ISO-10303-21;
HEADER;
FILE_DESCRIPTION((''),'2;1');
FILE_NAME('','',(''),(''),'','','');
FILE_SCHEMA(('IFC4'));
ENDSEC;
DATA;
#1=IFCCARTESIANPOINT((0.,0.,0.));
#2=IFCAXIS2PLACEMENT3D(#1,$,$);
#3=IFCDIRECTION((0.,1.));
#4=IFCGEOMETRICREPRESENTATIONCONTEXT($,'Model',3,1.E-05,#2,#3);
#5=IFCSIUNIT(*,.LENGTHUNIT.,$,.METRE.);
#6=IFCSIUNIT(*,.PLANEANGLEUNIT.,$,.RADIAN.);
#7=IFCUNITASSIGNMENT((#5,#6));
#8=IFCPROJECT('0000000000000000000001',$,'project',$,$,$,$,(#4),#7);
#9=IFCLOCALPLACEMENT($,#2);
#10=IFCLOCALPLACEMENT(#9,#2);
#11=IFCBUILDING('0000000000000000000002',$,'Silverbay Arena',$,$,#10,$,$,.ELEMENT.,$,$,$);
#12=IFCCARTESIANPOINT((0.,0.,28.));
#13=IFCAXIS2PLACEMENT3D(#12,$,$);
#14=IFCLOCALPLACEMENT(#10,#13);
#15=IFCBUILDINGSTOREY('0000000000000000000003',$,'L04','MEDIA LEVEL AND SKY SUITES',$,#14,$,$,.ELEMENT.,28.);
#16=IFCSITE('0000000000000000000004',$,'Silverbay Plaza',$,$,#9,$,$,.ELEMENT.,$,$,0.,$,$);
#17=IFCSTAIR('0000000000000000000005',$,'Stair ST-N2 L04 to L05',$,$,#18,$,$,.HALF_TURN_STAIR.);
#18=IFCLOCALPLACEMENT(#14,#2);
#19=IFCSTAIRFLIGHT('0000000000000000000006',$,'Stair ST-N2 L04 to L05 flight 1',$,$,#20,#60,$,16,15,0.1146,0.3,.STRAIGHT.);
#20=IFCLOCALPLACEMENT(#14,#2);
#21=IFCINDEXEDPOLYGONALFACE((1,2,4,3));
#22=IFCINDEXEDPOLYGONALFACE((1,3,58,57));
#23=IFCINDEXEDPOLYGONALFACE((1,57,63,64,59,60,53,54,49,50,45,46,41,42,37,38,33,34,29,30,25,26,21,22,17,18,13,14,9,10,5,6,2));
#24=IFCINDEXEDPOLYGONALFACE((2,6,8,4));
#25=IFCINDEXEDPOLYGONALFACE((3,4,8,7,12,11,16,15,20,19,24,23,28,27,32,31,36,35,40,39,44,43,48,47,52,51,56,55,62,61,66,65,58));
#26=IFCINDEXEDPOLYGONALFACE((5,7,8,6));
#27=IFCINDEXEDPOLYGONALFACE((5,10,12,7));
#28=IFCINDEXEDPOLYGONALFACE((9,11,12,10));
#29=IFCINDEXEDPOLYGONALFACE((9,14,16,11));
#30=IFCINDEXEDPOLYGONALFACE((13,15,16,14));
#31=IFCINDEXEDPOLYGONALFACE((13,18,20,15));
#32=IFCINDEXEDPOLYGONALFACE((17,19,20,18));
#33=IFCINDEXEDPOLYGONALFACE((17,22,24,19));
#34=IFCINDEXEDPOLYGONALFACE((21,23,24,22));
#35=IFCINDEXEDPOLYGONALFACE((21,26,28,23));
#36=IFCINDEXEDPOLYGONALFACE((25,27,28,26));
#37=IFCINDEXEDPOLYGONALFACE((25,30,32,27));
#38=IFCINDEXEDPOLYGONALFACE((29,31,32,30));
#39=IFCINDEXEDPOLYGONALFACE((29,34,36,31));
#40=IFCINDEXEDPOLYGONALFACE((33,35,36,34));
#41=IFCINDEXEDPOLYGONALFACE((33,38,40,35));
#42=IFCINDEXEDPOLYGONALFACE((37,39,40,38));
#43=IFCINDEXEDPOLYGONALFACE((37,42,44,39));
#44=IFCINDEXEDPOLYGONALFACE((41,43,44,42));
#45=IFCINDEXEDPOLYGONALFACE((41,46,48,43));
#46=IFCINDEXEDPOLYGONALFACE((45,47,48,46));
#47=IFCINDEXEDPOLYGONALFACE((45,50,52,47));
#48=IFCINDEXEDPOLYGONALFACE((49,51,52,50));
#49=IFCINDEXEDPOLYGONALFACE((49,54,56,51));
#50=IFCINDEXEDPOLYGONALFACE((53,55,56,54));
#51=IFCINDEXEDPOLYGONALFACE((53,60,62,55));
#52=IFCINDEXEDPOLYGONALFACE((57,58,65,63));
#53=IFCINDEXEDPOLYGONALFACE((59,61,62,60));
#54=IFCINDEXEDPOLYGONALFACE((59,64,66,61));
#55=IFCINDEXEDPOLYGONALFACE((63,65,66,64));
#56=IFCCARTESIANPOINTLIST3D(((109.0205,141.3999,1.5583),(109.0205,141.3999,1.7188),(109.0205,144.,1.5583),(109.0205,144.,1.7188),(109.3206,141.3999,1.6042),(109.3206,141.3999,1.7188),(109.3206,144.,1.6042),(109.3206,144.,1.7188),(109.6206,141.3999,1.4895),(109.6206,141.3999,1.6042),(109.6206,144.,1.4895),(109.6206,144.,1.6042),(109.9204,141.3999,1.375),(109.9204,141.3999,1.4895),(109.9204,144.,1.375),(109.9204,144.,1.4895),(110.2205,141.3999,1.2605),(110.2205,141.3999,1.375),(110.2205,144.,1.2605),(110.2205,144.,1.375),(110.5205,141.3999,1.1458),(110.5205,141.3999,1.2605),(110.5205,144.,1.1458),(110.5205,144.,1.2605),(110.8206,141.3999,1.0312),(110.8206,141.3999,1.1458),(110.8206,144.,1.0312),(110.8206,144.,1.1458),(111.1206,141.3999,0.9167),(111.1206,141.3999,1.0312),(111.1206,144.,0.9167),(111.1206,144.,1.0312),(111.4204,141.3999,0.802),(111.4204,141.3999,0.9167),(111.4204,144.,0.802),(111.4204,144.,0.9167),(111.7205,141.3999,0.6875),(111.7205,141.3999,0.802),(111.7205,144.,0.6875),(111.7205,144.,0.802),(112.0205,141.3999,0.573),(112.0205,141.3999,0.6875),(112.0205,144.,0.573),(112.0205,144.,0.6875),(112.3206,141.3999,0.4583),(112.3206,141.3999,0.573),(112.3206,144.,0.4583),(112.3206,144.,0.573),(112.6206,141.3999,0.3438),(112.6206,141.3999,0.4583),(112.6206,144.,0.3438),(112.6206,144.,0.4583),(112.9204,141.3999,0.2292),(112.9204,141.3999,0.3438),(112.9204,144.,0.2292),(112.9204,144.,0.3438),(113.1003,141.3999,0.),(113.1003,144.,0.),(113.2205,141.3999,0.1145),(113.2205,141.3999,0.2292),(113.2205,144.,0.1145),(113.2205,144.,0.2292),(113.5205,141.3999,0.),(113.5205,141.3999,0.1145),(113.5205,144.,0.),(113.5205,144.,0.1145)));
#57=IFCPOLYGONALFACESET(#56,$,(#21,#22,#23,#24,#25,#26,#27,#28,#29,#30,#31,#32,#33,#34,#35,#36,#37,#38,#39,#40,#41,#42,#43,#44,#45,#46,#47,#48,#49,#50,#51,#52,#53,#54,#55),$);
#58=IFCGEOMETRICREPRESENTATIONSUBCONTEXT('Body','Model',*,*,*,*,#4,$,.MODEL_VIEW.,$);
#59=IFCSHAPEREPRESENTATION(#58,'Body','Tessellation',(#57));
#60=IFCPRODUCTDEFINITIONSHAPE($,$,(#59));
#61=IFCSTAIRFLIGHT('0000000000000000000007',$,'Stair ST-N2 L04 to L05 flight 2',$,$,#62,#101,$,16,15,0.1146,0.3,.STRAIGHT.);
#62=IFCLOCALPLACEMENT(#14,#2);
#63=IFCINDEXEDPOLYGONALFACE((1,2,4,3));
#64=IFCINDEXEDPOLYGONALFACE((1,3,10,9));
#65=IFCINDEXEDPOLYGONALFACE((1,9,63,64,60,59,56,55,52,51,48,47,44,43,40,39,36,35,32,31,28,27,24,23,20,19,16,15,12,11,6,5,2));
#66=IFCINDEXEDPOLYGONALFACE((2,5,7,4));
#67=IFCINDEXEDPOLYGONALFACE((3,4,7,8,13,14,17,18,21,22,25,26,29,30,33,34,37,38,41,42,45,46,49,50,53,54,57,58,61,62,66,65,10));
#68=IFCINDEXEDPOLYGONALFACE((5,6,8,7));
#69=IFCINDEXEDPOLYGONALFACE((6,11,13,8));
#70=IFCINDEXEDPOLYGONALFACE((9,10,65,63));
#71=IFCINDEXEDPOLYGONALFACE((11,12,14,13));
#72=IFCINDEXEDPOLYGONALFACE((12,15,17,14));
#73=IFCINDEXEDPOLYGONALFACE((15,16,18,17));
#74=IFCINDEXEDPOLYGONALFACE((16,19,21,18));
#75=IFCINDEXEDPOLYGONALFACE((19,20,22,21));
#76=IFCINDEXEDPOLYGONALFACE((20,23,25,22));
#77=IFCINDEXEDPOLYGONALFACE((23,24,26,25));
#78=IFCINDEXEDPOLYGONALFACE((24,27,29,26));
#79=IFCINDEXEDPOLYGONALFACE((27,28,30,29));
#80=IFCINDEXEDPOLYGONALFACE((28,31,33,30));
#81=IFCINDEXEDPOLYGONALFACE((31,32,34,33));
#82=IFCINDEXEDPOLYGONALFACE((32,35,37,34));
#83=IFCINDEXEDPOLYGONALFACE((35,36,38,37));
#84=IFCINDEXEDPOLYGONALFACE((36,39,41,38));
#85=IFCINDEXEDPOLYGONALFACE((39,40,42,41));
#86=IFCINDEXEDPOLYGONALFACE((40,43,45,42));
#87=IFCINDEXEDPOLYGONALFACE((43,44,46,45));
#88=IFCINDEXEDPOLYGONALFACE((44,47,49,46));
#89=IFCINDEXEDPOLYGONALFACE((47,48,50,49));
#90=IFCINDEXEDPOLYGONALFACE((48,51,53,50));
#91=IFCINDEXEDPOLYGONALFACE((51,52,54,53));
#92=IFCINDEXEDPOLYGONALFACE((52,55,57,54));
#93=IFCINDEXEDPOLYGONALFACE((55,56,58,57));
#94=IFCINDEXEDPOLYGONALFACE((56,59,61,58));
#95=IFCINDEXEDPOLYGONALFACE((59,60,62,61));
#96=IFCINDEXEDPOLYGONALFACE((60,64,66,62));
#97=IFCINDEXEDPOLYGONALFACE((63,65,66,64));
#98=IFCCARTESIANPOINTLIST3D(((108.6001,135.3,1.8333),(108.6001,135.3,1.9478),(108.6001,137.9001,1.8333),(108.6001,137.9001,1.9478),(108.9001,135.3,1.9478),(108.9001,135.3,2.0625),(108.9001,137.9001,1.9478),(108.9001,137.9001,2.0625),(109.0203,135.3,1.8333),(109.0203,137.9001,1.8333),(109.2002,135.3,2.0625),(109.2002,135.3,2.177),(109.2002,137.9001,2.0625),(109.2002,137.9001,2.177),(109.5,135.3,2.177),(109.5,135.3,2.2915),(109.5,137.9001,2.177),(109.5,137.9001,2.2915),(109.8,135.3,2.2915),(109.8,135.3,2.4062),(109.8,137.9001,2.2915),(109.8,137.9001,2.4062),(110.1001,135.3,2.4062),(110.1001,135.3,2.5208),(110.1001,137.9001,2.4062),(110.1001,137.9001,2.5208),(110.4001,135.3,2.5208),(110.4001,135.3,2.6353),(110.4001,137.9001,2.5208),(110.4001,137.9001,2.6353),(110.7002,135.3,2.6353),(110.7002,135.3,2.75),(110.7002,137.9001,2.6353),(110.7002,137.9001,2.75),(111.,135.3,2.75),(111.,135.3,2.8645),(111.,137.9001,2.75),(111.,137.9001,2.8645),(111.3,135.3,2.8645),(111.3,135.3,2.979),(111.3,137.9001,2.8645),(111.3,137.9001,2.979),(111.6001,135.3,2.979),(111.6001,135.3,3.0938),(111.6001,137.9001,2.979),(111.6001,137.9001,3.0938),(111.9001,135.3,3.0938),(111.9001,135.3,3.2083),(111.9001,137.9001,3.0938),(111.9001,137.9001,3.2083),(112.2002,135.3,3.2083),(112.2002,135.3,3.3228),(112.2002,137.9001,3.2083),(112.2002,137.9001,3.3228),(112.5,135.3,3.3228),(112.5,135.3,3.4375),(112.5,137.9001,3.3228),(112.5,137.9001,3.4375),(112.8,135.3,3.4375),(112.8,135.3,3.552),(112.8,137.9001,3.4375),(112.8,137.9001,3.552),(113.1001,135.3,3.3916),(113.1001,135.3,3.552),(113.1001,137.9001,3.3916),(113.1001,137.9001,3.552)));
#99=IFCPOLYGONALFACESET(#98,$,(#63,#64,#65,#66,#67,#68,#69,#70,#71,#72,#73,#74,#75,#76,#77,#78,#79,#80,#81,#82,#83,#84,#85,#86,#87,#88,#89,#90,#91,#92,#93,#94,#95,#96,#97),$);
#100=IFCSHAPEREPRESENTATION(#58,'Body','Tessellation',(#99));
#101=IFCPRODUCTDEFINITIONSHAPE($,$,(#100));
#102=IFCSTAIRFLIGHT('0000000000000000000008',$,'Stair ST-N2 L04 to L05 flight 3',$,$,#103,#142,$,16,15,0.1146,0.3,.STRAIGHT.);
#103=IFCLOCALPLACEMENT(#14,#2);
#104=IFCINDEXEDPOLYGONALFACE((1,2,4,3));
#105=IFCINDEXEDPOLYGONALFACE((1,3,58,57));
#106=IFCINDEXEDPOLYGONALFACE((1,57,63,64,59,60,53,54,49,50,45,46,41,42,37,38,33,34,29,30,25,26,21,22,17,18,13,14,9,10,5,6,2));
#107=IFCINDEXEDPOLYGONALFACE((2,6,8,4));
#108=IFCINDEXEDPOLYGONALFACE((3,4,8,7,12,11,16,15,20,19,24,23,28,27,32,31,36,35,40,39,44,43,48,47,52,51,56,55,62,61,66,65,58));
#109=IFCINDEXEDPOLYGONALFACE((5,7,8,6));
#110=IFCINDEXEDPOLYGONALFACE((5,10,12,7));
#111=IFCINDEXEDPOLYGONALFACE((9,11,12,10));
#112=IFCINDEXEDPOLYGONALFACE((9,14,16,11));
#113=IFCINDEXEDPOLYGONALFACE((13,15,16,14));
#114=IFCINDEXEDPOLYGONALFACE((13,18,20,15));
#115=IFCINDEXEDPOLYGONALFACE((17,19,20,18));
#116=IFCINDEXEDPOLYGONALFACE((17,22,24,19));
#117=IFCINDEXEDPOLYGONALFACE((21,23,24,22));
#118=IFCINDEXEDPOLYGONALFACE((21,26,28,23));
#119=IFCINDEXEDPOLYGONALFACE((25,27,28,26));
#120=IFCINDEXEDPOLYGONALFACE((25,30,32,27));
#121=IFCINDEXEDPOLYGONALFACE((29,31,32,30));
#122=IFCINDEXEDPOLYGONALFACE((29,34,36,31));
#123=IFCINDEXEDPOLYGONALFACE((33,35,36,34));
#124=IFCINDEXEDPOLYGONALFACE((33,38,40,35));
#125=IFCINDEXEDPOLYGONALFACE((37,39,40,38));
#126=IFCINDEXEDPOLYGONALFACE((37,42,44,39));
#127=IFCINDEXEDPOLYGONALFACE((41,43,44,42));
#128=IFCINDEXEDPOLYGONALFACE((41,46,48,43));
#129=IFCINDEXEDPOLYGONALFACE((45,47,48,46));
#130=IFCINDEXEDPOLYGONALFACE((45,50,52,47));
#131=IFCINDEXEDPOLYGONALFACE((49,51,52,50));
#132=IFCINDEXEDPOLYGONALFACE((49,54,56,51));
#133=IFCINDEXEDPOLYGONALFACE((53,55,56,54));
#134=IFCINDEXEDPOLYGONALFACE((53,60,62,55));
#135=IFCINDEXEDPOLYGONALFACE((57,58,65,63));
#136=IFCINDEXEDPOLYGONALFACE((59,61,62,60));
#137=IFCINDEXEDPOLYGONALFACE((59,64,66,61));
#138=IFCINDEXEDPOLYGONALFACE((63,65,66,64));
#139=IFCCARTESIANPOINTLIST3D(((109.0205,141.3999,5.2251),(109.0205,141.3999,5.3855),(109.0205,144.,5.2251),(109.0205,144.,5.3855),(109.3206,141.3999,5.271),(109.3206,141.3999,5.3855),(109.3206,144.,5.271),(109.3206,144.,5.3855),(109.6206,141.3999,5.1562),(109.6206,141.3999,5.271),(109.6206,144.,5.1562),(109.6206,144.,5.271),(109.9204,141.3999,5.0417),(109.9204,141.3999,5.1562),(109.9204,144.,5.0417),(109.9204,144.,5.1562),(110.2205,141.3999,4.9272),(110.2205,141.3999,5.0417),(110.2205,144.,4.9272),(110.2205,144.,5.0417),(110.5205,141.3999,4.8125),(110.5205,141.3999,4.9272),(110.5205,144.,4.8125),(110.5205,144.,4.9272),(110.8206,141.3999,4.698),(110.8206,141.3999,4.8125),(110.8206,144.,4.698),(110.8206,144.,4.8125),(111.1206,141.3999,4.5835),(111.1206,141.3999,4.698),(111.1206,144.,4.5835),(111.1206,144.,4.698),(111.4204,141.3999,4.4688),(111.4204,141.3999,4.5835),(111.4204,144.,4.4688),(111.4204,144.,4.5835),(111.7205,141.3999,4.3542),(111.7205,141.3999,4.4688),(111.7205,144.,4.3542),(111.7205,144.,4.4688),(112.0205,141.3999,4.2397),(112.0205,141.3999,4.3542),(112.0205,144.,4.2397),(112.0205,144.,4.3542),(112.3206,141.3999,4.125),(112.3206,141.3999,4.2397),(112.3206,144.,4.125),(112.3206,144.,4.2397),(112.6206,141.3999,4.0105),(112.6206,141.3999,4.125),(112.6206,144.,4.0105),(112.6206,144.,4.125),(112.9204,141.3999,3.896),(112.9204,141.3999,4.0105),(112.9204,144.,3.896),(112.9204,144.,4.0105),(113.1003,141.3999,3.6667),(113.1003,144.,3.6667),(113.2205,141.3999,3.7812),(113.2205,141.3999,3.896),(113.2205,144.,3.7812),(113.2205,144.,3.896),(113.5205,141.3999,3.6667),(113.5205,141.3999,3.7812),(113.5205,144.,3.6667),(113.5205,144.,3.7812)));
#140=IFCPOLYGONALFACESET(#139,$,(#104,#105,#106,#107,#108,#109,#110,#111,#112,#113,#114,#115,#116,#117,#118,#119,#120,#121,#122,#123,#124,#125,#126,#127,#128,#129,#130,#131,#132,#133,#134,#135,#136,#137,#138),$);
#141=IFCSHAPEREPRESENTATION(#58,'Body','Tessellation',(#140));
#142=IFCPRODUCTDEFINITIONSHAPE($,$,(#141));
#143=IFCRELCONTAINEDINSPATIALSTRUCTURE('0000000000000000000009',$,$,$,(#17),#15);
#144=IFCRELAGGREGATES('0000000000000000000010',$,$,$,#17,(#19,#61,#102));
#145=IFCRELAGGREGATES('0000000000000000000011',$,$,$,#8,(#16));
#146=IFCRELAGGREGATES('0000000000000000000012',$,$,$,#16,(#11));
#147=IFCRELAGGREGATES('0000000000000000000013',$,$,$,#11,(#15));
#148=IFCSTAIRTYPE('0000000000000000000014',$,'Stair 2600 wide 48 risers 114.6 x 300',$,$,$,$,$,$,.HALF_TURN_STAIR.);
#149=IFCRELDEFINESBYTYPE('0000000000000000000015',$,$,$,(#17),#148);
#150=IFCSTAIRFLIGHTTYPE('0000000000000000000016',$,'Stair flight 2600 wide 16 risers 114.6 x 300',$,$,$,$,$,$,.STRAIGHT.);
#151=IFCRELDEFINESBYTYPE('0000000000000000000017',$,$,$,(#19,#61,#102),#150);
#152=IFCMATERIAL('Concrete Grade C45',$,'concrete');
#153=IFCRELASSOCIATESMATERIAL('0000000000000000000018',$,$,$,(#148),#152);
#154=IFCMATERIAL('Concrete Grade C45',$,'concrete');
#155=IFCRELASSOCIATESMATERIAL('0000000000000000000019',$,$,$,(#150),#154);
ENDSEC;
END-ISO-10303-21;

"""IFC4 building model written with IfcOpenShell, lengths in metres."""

from ifc_helpers import new_model, si_unit, direction, frame, origin, place, context, subcontext, project, spatial, polyline, outline, extrude, material, type_object, element, aggregate, save


model = new_model("IFC4")

# Units and contexts
model_context = context("Model", 3, precision=1e-05, world=origin(), true_north=direction((0.0, 1.0)))
body_context = subcontext(model_context, "Body", "Model", "MODEL_VIEW")
ifc_project = project(units=[si_unit("LENGTHUNIT", "METRE"), si_unit("PLANEANGLEUNIT", "RADIAN")], contexts=[model_context])

# Site, building, storey
site_placement = place(None, origin())
site = spatial("IfcSite", under=ifc_project, at=site_placement, Name="Silverbay Plaza", CompositionType="ELEMENT", RefElevation=0.0)
building_placement = place(site_placement, origin())
building = spatial("IfcBuilding", under=site, at=building_placement, Name="Silverbay Arena", CompositionType="ELEMENT")
storey_placement = place(building_placement, frame((0.0, 0.0, 28.0)))
storey = spatial("IfcBuildingStorey", under=building, at=storey_placement, Name="L04", Description="MEDIA LEVEL AND SKY SUITES", CompositionType="ELEMENT", Elevation=28.0)

# Stair, stair flights
ifc_material_1 = material(Name="Concrete Grade C45", Category="concrete")
stair_type = type_object("IfcStairType", Name="Stair 2600 wide 48 risers 114.6 x 300", PredefinedType="HALF_TURN_STAIR", material=ifc_material_1)
stair_placement = place(storey_placement, origin())
stair = element("IfcStair", 1, at=stair_placement, inside=storey, type_object=stair_type, Name="Stair ST-N2 L04 to L05", PredefinedType="HALF_TURN_STAIR")
ifc_material_2 = material(Name="Concrete Grade C45", Category="concrete")
stair_flight_type = type_object("IfcStairFlightType", Name="Stair flight 2600 wide 16 risers 114.6 x 300", PredefinedType="STRAIGHT", material=ifc_material_2)
stair_flight_1_placement = place(storey_placement, frame((113.5205, 142.7, 0.0), z_axis=(0.0, 0.0, 1.0), x_axis=(-1.0, 0.0, 0.0)))
stair_flight_1 = element("IfcStairFlight", 2, at=stair_flight_1_placement, type_object=stair_flight_type, Name="Stair ST-N2 L04 to L05 flight 1", NumberOfRisers=16, NumberOfTreads=15, PredefinedType="STRAIGHT", RiserHeight=0.1146, TreadLength=0.3, context=body_context, shape_type="SweptSolid", body=[
    extrude(outline(polyline([(0.0, 0.0), (0.0, 0.1145), (0.3, 0.1145), (0.3, 0.2292), (0.6001, 0.2292), (0.6001, 0.3438), (0.8999, 0.3438), (0.8999, 0.4583), (1.2, 0.4583), (1.2, 0.573), (1.5, 0.573), (1.5, 0.6875), (1.8, 0.6875), (1.8, 0.802), (2.1001, 0.802), (2.1001, 0.9167), (2.3999, 0.9167), (2.3999, 1.0312), (2.7, 1.0312), (2.7, 1.1458), (3.0, 1.1458), (3.0, 1.2605), (3.3, 1.2605), (3.3, 1.375), (3.6001, 1.375), (3.6001, 1.4895), (3.8999, 1.4895), (3.8999, 1.6042), (4.2, 1.6042), (4.2, 1.7188), (4.5, 1.7188), (4.5, 1.5583), (0.4202, 0.0), (0.0, 0.0)])), frame((0.0, 1.3, 0.0), z_axis=(0.0, -1.0, 0.0), x_axis=(1.0, 0.0, 0.0)), (0.0, 0.0, 1.0), 2.6001),
])
stair_flight_2_placement = place(storey_placement, frame((108.6001, 136.6001, 1.8333), z_axis=(0.0, 0.0, 1.0), x_axis=(1.0, 0.0, 0.0)))
stair_flight_2 = element("IfcStairFlight", 3, at=stair_flight_2_placement, type_object=stair_flight_type, Name="Stair ST-N2 L04 to L05 flight 2", NumberOfRisers=16, NumberOfTreads=15, PredefinedType="STRAIGHT", RiserHeight=0.1146, TreadLength=0.3, context=body_context, shape_type="SweptSolid", body=[
    extrude(outline(polyline([(0.0, 0.0), (0.0, 0.1145), (0.3, 0.1145), (0.3, 0.2292), (0.6001, 0.2292), (0.6001, 0.3438), (0.8999, 0.3438), (0.8999, 0.4583), (1.2, 0.4583), (1.2, 0.573), (1.5, 0.573), (1.5, 0.6875), (1.8, 0.6875), (1.8, 0.802), (2.1001, 0.802), (2.1001, 0.9167), (2.3999, 0.9167), (2.3999, 1.0312), (2.7, 1.0312), (2.7, 1.1458), (3.0, 1.1458), (3.0, 1.2605), (3.3, 1.2605), (3.3, 1.375), (3.6001, 1.375), (3.6001, 1.4895), (3.8999, 1.4895), (3.8999, 1.6042), (4.2, 1.6042), (4.2, 1.7188), (4.5, 1.7188), (4.5, 1.5583), (0.4202, 0.0), (0.0, 0.0)])), frame((0.0, 1.3, 0.0), z_axis=(0.0, -1.0, 0.0), x_axis=(1.0, 0.0, 0.0)), (0.0, 0.0, 1.0), 2.6001),
])
stair_flight_3_placement = place(storey_placement, frame((113.5205, 142.7, 3.6667), z_axis=(0.0, 0.0, 1.0), x_axis=(-1.0, 0.0, 0.0)))
stair_flight_3 = element("IfcStairFlight", 4, at=stair_flight_3_placement, type_object=stair_flight_type, Name="Stair ST-N2 L04 to L05 flight 3", NumberOfRisers=16, NumberOfTreads=15, PredefinedType="STRAIGHT", RiserHeight=0.1146, TreadLength=0.3, context=body_context, shape_type="SweptSolid", body=[
    extrude(outline(polyline([(0.0, 0.0), (0.0, 0.1145), (0.3, 0.1145), (0.3, 0.2292), (0.6001, 0.2292), (0.6001, 0.3438), (0.8999, 0.3438), (0.8999, 0.4583), (1.2, 0.4583), (1.2, 0.573), (1.5, 0.573), (1.5, 0.6875), (1.8, 0.6875), (1.8, 0.802), (2.1001, 0.802), (2.1001, 0.9167), (2.3999, 0.9167), (2.3999, 1.0312), (2.7, 1.0312), (2.7, 1.1458), (3.0, 1.1458), (3.0, 1.2605), (3.3, 1.2605), (3.3, 1.375), (3.6001, 1.375), (3.6001, 1.4895), (3.8999, 1.4895), (3.8999, 1.6042), (4.2, 1.6042), (4.2, 1.7188), (4.5, 1.7188), (4.5, 1.5583), (0.4202, 0.0), (0.0, 0.0)])), frame((0.0, 1.3, 0.0), z_axis=(0.0, -1.0, 0.0), x_axis=(1.0, 0.0, 0.0)), (0.0, 0.0, 1.0), 2.6001),
])
aggregate(stair, [stair_flight_1, stair_flight_2, stair_flight_3])

save(model, "model.ifc")
